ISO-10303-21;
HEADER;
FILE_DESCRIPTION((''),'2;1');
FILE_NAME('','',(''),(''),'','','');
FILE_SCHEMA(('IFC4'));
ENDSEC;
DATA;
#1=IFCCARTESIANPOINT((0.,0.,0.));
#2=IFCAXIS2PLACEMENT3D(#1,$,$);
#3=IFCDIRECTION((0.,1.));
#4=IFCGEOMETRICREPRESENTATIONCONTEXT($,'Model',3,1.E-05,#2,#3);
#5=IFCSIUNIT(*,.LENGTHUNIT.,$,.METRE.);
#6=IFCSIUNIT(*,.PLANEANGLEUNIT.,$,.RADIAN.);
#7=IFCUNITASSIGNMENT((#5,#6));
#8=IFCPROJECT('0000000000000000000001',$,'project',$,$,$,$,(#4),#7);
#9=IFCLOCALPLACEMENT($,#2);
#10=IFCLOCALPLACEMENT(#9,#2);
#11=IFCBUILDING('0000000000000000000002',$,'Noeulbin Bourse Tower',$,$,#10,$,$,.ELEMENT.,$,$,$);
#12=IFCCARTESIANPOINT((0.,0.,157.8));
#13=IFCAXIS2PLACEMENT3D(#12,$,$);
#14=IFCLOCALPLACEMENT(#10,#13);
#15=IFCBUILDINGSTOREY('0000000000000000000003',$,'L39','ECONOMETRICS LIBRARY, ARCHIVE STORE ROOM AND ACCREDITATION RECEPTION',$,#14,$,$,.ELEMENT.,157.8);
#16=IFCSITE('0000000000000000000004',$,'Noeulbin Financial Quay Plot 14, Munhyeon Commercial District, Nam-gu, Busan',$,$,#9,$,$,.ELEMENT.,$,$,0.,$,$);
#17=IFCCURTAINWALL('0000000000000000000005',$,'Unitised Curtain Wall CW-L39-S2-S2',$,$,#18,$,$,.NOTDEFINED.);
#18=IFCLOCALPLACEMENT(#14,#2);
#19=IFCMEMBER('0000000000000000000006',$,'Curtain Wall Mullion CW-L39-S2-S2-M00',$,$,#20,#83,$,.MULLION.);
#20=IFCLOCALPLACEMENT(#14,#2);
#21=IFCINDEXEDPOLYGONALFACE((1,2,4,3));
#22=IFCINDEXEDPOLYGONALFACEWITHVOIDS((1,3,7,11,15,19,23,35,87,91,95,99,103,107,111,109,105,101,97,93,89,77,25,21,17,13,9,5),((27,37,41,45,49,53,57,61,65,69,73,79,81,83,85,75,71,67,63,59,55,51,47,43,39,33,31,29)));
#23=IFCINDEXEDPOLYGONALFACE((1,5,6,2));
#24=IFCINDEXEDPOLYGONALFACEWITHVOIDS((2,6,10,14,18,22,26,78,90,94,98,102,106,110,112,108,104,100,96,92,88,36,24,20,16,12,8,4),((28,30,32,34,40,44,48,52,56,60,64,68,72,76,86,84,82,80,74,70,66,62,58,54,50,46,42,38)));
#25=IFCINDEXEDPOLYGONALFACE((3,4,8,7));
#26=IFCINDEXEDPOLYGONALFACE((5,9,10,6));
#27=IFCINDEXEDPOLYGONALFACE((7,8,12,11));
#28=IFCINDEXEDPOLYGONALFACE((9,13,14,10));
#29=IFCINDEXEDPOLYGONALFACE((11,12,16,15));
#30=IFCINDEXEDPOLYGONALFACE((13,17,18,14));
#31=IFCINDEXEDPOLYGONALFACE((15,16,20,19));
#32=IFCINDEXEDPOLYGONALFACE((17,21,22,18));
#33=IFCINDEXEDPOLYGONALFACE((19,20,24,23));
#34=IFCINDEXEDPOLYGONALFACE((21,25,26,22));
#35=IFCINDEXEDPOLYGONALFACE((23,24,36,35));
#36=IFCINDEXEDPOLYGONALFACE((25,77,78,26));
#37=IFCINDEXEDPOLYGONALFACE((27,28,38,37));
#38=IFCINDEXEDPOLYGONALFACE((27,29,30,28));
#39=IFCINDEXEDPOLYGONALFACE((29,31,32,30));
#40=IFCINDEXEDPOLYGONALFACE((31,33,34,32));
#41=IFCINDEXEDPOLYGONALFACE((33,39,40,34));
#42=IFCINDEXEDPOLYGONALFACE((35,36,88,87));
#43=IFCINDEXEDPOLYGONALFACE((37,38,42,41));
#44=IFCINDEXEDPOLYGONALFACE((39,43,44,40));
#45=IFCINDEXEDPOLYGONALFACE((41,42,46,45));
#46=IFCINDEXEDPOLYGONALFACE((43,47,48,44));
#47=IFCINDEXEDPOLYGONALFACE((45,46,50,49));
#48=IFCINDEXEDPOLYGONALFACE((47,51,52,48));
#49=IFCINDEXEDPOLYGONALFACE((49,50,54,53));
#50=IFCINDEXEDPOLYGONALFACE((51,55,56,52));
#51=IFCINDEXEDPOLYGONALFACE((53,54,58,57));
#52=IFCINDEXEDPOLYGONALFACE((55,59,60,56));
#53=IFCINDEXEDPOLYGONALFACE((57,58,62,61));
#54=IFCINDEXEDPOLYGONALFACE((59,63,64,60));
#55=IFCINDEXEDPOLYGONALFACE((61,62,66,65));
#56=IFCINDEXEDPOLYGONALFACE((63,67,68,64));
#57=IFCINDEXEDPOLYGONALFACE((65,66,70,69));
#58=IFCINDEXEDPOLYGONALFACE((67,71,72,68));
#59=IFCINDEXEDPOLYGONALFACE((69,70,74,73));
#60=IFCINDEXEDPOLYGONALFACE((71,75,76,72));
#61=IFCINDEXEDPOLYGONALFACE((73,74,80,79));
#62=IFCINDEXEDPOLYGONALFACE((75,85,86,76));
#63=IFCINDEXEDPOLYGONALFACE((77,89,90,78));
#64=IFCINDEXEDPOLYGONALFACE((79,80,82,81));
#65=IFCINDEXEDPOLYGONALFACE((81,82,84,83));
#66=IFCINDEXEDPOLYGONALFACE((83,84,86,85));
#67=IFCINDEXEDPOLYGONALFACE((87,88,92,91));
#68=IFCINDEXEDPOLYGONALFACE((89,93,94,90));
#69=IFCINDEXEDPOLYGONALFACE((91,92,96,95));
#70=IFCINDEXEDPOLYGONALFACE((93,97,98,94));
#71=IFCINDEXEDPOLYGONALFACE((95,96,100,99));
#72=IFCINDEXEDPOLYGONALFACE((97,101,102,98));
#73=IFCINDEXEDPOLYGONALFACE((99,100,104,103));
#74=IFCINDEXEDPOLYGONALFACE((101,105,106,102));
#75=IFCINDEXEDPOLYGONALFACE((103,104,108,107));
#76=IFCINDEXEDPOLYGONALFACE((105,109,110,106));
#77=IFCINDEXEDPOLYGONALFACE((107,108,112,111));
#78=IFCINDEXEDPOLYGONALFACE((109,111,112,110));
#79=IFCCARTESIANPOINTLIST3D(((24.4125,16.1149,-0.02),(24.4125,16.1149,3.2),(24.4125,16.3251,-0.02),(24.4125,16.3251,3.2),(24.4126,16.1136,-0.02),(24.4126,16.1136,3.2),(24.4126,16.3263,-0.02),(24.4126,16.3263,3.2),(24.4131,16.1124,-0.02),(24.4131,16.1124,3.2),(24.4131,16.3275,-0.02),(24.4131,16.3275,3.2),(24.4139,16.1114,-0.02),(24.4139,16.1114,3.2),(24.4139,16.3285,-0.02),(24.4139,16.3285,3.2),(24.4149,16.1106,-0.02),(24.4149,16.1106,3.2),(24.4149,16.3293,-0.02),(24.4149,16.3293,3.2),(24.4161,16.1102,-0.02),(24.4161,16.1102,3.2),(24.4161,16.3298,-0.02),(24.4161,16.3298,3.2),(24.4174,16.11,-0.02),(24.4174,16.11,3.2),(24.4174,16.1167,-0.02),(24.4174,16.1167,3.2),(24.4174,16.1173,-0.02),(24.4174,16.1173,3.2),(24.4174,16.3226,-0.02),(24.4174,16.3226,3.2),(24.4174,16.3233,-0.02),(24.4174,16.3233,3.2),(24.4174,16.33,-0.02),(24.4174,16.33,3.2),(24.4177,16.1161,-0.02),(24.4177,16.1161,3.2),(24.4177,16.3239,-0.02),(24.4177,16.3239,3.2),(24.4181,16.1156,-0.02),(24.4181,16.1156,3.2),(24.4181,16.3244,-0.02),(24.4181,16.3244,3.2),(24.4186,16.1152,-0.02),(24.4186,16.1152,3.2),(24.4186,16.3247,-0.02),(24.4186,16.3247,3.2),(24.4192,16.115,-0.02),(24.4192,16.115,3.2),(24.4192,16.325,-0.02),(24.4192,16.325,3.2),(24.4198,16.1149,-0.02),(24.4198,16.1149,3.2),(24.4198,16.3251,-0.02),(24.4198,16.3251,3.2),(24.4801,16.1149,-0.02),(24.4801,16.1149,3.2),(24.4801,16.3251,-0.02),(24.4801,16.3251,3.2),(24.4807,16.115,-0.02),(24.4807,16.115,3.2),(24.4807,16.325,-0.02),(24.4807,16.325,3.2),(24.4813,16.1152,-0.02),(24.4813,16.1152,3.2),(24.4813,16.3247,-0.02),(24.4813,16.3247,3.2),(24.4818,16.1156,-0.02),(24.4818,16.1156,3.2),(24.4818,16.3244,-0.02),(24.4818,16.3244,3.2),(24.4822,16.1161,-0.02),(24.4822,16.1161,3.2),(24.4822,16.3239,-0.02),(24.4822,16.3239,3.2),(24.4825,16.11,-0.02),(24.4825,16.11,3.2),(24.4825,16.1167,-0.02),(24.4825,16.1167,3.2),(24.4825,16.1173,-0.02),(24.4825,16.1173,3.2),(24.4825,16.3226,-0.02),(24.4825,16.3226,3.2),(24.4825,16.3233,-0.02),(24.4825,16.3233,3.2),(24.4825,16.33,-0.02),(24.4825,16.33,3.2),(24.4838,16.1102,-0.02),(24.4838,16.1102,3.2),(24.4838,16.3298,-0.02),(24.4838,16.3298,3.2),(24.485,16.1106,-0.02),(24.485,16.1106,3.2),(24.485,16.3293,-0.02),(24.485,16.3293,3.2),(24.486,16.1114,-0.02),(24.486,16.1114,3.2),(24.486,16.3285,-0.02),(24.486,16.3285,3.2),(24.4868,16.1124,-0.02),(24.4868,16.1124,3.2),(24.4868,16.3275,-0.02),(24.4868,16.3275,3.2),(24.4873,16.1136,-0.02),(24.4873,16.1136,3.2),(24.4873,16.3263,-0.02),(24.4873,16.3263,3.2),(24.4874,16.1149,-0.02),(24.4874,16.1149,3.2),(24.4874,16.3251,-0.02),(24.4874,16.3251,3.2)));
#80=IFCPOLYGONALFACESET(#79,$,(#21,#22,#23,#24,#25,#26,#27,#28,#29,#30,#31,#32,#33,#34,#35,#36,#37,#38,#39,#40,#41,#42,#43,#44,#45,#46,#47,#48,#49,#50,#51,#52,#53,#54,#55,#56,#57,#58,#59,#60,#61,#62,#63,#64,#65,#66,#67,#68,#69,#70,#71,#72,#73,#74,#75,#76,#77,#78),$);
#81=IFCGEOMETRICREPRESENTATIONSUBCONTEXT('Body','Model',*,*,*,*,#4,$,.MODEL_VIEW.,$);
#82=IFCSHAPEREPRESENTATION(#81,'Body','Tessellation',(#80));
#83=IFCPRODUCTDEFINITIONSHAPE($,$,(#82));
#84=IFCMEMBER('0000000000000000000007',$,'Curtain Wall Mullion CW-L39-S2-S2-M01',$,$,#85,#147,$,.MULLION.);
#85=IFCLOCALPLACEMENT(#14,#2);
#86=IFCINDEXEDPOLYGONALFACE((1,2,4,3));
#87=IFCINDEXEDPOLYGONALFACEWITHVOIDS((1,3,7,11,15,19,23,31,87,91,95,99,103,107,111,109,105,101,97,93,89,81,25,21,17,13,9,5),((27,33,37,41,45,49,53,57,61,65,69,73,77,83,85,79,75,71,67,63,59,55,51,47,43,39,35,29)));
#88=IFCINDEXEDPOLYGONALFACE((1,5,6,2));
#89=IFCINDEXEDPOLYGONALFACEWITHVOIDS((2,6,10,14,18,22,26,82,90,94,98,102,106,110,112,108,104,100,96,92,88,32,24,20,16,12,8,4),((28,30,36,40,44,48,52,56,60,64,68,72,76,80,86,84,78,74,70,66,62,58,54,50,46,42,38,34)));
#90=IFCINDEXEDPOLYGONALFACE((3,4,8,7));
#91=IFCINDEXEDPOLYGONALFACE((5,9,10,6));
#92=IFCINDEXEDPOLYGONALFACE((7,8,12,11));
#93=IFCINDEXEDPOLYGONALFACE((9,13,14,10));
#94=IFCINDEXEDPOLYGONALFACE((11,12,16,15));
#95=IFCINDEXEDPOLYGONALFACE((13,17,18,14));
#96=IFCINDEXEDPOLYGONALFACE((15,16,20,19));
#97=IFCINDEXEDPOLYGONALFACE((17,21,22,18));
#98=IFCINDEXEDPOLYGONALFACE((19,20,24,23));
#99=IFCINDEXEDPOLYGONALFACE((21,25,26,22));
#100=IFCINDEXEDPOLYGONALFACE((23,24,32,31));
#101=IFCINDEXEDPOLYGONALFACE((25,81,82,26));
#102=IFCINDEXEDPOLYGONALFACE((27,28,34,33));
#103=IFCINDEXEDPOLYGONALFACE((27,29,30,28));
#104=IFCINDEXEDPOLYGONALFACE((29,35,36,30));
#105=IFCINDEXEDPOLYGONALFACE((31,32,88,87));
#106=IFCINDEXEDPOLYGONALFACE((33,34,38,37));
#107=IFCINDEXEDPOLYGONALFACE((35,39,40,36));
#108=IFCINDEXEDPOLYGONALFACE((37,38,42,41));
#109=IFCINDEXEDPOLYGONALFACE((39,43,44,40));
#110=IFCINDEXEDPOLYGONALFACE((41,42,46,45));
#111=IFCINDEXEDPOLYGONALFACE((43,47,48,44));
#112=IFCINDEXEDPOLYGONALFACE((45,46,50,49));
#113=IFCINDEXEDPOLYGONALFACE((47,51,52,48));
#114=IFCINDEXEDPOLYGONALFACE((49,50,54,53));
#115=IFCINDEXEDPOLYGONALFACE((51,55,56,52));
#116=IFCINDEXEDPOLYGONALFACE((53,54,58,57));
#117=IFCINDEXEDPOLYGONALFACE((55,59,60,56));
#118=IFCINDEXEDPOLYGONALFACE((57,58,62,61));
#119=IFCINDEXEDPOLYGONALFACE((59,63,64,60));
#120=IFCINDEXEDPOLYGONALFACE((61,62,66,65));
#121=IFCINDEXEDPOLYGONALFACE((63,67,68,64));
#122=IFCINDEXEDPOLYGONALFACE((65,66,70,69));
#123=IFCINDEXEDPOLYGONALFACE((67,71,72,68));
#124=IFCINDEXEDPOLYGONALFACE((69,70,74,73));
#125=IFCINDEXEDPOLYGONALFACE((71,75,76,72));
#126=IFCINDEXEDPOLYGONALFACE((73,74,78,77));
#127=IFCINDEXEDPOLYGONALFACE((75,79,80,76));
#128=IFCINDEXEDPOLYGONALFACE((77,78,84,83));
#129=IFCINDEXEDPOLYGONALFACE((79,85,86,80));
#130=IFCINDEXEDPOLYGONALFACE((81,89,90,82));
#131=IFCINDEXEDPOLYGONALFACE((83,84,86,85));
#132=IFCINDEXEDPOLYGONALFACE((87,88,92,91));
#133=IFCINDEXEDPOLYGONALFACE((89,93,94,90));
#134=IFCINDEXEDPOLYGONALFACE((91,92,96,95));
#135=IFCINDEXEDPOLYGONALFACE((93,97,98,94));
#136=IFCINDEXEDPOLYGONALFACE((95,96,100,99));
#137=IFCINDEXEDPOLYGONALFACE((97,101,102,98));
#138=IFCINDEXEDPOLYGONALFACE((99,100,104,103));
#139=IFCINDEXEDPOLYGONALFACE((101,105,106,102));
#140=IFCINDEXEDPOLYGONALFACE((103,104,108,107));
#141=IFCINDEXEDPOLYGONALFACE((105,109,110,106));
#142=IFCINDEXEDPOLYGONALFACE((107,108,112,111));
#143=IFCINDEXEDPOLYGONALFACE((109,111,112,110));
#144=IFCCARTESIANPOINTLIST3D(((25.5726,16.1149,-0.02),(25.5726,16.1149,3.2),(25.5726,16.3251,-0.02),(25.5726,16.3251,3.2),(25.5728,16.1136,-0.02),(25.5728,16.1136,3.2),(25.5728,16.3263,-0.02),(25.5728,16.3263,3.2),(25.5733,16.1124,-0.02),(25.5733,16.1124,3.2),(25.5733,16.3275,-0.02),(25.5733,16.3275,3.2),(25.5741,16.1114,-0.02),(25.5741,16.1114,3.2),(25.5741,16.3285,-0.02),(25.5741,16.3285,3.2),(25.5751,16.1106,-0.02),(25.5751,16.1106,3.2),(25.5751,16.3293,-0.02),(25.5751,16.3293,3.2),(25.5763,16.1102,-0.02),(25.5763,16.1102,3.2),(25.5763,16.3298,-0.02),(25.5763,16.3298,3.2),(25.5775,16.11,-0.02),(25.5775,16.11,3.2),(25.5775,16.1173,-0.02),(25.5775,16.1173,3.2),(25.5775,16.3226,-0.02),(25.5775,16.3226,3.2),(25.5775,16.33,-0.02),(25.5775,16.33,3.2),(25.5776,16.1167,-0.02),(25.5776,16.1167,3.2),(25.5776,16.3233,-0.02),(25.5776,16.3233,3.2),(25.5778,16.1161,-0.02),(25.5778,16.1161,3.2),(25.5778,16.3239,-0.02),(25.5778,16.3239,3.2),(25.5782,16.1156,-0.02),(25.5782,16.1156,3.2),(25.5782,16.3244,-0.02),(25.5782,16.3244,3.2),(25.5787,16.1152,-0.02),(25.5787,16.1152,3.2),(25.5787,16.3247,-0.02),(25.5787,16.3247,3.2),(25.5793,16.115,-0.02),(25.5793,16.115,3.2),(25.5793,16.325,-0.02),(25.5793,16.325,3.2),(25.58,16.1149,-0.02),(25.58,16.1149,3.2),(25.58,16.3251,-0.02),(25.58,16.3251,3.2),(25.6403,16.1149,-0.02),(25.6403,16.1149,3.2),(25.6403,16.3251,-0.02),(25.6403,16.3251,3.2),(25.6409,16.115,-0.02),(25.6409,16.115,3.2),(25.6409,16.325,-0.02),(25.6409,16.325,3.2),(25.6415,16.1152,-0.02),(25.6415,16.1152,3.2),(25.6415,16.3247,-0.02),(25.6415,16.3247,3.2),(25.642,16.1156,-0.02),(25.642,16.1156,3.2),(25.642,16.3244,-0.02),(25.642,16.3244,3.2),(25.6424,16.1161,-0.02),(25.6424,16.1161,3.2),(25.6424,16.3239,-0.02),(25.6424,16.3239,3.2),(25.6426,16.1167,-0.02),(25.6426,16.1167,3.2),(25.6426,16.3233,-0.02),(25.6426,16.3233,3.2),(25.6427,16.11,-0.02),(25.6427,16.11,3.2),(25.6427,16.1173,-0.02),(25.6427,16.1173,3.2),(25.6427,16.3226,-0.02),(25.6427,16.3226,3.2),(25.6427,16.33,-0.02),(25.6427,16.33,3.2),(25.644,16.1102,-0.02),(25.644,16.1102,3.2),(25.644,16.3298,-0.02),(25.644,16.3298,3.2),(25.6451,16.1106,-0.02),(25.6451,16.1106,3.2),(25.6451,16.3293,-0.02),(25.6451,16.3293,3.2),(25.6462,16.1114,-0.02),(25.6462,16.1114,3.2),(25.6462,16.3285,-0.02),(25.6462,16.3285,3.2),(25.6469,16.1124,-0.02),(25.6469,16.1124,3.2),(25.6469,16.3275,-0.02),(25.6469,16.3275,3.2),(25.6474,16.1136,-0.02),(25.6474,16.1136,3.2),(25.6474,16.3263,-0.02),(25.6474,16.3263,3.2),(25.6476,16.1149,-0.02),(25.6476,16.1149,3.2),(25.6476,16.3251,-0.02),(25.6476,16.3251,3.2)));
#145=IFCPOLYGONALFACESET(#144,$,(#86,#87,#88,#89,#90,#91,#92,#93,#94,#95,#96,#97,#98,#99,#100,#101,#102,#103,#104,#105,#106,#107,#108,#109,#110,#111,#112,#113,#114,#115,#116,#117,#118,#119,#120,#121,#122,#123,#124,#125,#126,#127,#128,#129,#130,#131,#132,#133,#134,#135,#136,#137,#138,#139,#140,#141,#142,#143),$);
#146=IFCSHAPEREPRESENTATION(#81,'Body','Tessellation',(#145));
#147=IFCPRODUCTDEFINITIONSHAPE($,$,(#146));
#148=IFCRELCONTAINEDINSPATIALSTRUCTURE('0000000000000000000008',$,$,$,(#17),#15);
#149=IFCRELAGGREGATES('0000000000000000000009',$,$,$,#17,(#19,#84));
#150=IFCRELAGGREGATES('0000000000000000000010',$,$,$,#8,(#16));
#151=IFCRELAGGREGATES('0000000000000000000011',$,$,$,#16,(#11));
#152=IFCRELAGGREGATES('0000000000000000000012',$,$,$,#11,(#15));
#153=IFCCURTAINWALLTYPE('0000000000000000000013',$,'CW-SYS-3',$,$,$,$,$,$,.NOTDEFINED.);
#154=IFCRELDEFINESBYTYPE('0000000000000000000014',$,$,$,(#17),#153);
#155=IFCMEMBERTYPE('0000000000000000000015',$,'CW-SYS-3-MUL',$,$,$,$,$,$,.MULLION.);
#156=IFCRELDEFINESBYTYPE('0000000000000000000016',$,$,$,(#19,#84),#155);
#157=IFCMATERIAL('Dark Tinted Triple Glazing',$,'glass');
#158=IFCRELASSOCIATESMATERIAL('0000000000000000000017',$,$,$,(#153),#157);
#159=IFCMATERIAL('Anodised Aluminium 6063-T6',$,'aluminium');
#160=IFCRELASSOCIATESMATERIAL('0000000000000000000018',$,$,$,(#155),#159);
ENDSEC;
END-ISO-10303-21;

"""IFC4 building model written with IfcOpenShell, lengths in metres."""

from ifc_helpers import new_model, si_unit, direction, frame, origin, origin_2d, place, context, subcontext, project, spatial, hollow_rectangle, extrude, material, material_profile, profile_set, type_object, element, aggregate, save


model = new_model("IFC4")

# Units and contexts
model_context = context("Model", 3, precision=1e-05, world=origin(), true_north=direction((0.0, 1.0)))
body_context = subcontext(model_context, "Body", "Model", "MODEL_VIEW")
ifc_project = project(units=[si_unit("LENGTHUNIT", "METRE"), si_unit("PLANEANGLEUNIT", "RADIAN")], contexts=[model_context])

# Site, building, storey
site_placement = place(None, origin())
site = spatial("IfcSite", under=ifc_project, at=site_placement, Name="Noeulbin Financial Quay Plot 14, Munhyeon Commercial District, Nam-gu, Busan", CompositionType="ELEMENT", RefElevation=0.0)
building_placement = place(site_placement, origin())
building = spatial("IfcBuilding", under=site, at=building_placement, Name="Noeulbin Bourse Tower", CompositionType="ELEMENT")
storey_placement = place(building_placement, frame((0.0, 0.0, 157.8)))
storey = spatial("IfcBuildingStorey", under=building, at=storey_placement, Name="L39", Description="ECONOMETRICS LIBRARY, ARCHIVE STORE ROOM AND ACCREDITATION RECEPTION", CompositionType="ELEMENT", Elevation=157.8)

# Shared definitions
ifc_material_1 = material(Name="Dark Tinted Triple Glazing", Category="glass")
curtain_wall_type = type_object("IfcCurtainWallType", Name="CW-SYS-3", PredefinedType="NOTDEFINED", material=ifc_material_1)
ifc_material_2 = material(Name="Anodised Aluminium 6063-T6", Category="aluminium")
ifc_material_profile_1 = material_profile(ifc_material_2, hollow_rectangle(XDim=0.075, YDim=0.22, WallThickness=0.0049, InnerFilletRadius=0.0024, OuterFilletRadius=0.0049, at=origin_2d()), Name="ALU-MULL-75x220x5", Category="LoadBearing")
ifc_profile_set_1 = profile_set([ifc_material_profile_1], Name="Anodised Aluminium 6063-T6")
member_type_1 = type_object("IfcMemberType", Name="CW-SYS-3-MUL", PredefinedType="MULLION", material=ifc_profile_set_1)

# Curtain wall, members
curtain_wall_1_placement = place(storey_placement, origin())
curtain_wall_1 = element("IfcCurtainWall", 1, at=curtain_wall_1_placement, inside=storey, type_object=curtain_wall_type, Name="Unitised Curtain Wall CW-L39-S2-S2", PredefinedType="NOTDEFINED")
member_1_placement = place(storey_placement, frame((24.45, 16.22, -0.02), z_axis=(0.0, 0.0, 1.0), x_axis=(1.0, 0.0, 0.0)))
member_1 = element("IfcMember", 2, at=member_1_placement, type_object=member_type_1, Name="Curtain Wall Mullion CW-L39-S2-S2-M00", PredefinedType="MULLION", context=body_context, shape_type="SweptSolid", body=[
    extrude(hollow_rectangle(XDim=0.075, YDim=0.22, WallThickness=0.0049, InnerFilletRadius=0.0024, OuterFilletRadius=0.0049, at=origin_2d()), origin(), (0.0, 0.0, 1.0), 3.22),
])
member_2_placement = place(storey_placement, frame((25.6101, 16.22, -0.02), z_axis=(0.0, 0.0, 1.0), x_axis=(1.0, 0.0, 0.0)))
member_2 = element("IfcMember", 3, at=member_2_placement, type_object=member_type_1, Name="Curtain Wall Mullion CW-L39-S2-S2-M01", PredefinedType="MULLION", context=body_context, shape_type="SweptSolid", body=[
    extrude(hollow_rectangle(XDim=0.075, YDim=0.22, WallThickness=0.0049, InnerFilletRadius=0.0024, OuterFilletRadius=0.0049, at=origin_2d()), origin(), (0.0, 0.0, 1.0), 3.22),
])

aggregate(curtain_wall_1, [member_1, member_2])

save(model, "model.ifc")
